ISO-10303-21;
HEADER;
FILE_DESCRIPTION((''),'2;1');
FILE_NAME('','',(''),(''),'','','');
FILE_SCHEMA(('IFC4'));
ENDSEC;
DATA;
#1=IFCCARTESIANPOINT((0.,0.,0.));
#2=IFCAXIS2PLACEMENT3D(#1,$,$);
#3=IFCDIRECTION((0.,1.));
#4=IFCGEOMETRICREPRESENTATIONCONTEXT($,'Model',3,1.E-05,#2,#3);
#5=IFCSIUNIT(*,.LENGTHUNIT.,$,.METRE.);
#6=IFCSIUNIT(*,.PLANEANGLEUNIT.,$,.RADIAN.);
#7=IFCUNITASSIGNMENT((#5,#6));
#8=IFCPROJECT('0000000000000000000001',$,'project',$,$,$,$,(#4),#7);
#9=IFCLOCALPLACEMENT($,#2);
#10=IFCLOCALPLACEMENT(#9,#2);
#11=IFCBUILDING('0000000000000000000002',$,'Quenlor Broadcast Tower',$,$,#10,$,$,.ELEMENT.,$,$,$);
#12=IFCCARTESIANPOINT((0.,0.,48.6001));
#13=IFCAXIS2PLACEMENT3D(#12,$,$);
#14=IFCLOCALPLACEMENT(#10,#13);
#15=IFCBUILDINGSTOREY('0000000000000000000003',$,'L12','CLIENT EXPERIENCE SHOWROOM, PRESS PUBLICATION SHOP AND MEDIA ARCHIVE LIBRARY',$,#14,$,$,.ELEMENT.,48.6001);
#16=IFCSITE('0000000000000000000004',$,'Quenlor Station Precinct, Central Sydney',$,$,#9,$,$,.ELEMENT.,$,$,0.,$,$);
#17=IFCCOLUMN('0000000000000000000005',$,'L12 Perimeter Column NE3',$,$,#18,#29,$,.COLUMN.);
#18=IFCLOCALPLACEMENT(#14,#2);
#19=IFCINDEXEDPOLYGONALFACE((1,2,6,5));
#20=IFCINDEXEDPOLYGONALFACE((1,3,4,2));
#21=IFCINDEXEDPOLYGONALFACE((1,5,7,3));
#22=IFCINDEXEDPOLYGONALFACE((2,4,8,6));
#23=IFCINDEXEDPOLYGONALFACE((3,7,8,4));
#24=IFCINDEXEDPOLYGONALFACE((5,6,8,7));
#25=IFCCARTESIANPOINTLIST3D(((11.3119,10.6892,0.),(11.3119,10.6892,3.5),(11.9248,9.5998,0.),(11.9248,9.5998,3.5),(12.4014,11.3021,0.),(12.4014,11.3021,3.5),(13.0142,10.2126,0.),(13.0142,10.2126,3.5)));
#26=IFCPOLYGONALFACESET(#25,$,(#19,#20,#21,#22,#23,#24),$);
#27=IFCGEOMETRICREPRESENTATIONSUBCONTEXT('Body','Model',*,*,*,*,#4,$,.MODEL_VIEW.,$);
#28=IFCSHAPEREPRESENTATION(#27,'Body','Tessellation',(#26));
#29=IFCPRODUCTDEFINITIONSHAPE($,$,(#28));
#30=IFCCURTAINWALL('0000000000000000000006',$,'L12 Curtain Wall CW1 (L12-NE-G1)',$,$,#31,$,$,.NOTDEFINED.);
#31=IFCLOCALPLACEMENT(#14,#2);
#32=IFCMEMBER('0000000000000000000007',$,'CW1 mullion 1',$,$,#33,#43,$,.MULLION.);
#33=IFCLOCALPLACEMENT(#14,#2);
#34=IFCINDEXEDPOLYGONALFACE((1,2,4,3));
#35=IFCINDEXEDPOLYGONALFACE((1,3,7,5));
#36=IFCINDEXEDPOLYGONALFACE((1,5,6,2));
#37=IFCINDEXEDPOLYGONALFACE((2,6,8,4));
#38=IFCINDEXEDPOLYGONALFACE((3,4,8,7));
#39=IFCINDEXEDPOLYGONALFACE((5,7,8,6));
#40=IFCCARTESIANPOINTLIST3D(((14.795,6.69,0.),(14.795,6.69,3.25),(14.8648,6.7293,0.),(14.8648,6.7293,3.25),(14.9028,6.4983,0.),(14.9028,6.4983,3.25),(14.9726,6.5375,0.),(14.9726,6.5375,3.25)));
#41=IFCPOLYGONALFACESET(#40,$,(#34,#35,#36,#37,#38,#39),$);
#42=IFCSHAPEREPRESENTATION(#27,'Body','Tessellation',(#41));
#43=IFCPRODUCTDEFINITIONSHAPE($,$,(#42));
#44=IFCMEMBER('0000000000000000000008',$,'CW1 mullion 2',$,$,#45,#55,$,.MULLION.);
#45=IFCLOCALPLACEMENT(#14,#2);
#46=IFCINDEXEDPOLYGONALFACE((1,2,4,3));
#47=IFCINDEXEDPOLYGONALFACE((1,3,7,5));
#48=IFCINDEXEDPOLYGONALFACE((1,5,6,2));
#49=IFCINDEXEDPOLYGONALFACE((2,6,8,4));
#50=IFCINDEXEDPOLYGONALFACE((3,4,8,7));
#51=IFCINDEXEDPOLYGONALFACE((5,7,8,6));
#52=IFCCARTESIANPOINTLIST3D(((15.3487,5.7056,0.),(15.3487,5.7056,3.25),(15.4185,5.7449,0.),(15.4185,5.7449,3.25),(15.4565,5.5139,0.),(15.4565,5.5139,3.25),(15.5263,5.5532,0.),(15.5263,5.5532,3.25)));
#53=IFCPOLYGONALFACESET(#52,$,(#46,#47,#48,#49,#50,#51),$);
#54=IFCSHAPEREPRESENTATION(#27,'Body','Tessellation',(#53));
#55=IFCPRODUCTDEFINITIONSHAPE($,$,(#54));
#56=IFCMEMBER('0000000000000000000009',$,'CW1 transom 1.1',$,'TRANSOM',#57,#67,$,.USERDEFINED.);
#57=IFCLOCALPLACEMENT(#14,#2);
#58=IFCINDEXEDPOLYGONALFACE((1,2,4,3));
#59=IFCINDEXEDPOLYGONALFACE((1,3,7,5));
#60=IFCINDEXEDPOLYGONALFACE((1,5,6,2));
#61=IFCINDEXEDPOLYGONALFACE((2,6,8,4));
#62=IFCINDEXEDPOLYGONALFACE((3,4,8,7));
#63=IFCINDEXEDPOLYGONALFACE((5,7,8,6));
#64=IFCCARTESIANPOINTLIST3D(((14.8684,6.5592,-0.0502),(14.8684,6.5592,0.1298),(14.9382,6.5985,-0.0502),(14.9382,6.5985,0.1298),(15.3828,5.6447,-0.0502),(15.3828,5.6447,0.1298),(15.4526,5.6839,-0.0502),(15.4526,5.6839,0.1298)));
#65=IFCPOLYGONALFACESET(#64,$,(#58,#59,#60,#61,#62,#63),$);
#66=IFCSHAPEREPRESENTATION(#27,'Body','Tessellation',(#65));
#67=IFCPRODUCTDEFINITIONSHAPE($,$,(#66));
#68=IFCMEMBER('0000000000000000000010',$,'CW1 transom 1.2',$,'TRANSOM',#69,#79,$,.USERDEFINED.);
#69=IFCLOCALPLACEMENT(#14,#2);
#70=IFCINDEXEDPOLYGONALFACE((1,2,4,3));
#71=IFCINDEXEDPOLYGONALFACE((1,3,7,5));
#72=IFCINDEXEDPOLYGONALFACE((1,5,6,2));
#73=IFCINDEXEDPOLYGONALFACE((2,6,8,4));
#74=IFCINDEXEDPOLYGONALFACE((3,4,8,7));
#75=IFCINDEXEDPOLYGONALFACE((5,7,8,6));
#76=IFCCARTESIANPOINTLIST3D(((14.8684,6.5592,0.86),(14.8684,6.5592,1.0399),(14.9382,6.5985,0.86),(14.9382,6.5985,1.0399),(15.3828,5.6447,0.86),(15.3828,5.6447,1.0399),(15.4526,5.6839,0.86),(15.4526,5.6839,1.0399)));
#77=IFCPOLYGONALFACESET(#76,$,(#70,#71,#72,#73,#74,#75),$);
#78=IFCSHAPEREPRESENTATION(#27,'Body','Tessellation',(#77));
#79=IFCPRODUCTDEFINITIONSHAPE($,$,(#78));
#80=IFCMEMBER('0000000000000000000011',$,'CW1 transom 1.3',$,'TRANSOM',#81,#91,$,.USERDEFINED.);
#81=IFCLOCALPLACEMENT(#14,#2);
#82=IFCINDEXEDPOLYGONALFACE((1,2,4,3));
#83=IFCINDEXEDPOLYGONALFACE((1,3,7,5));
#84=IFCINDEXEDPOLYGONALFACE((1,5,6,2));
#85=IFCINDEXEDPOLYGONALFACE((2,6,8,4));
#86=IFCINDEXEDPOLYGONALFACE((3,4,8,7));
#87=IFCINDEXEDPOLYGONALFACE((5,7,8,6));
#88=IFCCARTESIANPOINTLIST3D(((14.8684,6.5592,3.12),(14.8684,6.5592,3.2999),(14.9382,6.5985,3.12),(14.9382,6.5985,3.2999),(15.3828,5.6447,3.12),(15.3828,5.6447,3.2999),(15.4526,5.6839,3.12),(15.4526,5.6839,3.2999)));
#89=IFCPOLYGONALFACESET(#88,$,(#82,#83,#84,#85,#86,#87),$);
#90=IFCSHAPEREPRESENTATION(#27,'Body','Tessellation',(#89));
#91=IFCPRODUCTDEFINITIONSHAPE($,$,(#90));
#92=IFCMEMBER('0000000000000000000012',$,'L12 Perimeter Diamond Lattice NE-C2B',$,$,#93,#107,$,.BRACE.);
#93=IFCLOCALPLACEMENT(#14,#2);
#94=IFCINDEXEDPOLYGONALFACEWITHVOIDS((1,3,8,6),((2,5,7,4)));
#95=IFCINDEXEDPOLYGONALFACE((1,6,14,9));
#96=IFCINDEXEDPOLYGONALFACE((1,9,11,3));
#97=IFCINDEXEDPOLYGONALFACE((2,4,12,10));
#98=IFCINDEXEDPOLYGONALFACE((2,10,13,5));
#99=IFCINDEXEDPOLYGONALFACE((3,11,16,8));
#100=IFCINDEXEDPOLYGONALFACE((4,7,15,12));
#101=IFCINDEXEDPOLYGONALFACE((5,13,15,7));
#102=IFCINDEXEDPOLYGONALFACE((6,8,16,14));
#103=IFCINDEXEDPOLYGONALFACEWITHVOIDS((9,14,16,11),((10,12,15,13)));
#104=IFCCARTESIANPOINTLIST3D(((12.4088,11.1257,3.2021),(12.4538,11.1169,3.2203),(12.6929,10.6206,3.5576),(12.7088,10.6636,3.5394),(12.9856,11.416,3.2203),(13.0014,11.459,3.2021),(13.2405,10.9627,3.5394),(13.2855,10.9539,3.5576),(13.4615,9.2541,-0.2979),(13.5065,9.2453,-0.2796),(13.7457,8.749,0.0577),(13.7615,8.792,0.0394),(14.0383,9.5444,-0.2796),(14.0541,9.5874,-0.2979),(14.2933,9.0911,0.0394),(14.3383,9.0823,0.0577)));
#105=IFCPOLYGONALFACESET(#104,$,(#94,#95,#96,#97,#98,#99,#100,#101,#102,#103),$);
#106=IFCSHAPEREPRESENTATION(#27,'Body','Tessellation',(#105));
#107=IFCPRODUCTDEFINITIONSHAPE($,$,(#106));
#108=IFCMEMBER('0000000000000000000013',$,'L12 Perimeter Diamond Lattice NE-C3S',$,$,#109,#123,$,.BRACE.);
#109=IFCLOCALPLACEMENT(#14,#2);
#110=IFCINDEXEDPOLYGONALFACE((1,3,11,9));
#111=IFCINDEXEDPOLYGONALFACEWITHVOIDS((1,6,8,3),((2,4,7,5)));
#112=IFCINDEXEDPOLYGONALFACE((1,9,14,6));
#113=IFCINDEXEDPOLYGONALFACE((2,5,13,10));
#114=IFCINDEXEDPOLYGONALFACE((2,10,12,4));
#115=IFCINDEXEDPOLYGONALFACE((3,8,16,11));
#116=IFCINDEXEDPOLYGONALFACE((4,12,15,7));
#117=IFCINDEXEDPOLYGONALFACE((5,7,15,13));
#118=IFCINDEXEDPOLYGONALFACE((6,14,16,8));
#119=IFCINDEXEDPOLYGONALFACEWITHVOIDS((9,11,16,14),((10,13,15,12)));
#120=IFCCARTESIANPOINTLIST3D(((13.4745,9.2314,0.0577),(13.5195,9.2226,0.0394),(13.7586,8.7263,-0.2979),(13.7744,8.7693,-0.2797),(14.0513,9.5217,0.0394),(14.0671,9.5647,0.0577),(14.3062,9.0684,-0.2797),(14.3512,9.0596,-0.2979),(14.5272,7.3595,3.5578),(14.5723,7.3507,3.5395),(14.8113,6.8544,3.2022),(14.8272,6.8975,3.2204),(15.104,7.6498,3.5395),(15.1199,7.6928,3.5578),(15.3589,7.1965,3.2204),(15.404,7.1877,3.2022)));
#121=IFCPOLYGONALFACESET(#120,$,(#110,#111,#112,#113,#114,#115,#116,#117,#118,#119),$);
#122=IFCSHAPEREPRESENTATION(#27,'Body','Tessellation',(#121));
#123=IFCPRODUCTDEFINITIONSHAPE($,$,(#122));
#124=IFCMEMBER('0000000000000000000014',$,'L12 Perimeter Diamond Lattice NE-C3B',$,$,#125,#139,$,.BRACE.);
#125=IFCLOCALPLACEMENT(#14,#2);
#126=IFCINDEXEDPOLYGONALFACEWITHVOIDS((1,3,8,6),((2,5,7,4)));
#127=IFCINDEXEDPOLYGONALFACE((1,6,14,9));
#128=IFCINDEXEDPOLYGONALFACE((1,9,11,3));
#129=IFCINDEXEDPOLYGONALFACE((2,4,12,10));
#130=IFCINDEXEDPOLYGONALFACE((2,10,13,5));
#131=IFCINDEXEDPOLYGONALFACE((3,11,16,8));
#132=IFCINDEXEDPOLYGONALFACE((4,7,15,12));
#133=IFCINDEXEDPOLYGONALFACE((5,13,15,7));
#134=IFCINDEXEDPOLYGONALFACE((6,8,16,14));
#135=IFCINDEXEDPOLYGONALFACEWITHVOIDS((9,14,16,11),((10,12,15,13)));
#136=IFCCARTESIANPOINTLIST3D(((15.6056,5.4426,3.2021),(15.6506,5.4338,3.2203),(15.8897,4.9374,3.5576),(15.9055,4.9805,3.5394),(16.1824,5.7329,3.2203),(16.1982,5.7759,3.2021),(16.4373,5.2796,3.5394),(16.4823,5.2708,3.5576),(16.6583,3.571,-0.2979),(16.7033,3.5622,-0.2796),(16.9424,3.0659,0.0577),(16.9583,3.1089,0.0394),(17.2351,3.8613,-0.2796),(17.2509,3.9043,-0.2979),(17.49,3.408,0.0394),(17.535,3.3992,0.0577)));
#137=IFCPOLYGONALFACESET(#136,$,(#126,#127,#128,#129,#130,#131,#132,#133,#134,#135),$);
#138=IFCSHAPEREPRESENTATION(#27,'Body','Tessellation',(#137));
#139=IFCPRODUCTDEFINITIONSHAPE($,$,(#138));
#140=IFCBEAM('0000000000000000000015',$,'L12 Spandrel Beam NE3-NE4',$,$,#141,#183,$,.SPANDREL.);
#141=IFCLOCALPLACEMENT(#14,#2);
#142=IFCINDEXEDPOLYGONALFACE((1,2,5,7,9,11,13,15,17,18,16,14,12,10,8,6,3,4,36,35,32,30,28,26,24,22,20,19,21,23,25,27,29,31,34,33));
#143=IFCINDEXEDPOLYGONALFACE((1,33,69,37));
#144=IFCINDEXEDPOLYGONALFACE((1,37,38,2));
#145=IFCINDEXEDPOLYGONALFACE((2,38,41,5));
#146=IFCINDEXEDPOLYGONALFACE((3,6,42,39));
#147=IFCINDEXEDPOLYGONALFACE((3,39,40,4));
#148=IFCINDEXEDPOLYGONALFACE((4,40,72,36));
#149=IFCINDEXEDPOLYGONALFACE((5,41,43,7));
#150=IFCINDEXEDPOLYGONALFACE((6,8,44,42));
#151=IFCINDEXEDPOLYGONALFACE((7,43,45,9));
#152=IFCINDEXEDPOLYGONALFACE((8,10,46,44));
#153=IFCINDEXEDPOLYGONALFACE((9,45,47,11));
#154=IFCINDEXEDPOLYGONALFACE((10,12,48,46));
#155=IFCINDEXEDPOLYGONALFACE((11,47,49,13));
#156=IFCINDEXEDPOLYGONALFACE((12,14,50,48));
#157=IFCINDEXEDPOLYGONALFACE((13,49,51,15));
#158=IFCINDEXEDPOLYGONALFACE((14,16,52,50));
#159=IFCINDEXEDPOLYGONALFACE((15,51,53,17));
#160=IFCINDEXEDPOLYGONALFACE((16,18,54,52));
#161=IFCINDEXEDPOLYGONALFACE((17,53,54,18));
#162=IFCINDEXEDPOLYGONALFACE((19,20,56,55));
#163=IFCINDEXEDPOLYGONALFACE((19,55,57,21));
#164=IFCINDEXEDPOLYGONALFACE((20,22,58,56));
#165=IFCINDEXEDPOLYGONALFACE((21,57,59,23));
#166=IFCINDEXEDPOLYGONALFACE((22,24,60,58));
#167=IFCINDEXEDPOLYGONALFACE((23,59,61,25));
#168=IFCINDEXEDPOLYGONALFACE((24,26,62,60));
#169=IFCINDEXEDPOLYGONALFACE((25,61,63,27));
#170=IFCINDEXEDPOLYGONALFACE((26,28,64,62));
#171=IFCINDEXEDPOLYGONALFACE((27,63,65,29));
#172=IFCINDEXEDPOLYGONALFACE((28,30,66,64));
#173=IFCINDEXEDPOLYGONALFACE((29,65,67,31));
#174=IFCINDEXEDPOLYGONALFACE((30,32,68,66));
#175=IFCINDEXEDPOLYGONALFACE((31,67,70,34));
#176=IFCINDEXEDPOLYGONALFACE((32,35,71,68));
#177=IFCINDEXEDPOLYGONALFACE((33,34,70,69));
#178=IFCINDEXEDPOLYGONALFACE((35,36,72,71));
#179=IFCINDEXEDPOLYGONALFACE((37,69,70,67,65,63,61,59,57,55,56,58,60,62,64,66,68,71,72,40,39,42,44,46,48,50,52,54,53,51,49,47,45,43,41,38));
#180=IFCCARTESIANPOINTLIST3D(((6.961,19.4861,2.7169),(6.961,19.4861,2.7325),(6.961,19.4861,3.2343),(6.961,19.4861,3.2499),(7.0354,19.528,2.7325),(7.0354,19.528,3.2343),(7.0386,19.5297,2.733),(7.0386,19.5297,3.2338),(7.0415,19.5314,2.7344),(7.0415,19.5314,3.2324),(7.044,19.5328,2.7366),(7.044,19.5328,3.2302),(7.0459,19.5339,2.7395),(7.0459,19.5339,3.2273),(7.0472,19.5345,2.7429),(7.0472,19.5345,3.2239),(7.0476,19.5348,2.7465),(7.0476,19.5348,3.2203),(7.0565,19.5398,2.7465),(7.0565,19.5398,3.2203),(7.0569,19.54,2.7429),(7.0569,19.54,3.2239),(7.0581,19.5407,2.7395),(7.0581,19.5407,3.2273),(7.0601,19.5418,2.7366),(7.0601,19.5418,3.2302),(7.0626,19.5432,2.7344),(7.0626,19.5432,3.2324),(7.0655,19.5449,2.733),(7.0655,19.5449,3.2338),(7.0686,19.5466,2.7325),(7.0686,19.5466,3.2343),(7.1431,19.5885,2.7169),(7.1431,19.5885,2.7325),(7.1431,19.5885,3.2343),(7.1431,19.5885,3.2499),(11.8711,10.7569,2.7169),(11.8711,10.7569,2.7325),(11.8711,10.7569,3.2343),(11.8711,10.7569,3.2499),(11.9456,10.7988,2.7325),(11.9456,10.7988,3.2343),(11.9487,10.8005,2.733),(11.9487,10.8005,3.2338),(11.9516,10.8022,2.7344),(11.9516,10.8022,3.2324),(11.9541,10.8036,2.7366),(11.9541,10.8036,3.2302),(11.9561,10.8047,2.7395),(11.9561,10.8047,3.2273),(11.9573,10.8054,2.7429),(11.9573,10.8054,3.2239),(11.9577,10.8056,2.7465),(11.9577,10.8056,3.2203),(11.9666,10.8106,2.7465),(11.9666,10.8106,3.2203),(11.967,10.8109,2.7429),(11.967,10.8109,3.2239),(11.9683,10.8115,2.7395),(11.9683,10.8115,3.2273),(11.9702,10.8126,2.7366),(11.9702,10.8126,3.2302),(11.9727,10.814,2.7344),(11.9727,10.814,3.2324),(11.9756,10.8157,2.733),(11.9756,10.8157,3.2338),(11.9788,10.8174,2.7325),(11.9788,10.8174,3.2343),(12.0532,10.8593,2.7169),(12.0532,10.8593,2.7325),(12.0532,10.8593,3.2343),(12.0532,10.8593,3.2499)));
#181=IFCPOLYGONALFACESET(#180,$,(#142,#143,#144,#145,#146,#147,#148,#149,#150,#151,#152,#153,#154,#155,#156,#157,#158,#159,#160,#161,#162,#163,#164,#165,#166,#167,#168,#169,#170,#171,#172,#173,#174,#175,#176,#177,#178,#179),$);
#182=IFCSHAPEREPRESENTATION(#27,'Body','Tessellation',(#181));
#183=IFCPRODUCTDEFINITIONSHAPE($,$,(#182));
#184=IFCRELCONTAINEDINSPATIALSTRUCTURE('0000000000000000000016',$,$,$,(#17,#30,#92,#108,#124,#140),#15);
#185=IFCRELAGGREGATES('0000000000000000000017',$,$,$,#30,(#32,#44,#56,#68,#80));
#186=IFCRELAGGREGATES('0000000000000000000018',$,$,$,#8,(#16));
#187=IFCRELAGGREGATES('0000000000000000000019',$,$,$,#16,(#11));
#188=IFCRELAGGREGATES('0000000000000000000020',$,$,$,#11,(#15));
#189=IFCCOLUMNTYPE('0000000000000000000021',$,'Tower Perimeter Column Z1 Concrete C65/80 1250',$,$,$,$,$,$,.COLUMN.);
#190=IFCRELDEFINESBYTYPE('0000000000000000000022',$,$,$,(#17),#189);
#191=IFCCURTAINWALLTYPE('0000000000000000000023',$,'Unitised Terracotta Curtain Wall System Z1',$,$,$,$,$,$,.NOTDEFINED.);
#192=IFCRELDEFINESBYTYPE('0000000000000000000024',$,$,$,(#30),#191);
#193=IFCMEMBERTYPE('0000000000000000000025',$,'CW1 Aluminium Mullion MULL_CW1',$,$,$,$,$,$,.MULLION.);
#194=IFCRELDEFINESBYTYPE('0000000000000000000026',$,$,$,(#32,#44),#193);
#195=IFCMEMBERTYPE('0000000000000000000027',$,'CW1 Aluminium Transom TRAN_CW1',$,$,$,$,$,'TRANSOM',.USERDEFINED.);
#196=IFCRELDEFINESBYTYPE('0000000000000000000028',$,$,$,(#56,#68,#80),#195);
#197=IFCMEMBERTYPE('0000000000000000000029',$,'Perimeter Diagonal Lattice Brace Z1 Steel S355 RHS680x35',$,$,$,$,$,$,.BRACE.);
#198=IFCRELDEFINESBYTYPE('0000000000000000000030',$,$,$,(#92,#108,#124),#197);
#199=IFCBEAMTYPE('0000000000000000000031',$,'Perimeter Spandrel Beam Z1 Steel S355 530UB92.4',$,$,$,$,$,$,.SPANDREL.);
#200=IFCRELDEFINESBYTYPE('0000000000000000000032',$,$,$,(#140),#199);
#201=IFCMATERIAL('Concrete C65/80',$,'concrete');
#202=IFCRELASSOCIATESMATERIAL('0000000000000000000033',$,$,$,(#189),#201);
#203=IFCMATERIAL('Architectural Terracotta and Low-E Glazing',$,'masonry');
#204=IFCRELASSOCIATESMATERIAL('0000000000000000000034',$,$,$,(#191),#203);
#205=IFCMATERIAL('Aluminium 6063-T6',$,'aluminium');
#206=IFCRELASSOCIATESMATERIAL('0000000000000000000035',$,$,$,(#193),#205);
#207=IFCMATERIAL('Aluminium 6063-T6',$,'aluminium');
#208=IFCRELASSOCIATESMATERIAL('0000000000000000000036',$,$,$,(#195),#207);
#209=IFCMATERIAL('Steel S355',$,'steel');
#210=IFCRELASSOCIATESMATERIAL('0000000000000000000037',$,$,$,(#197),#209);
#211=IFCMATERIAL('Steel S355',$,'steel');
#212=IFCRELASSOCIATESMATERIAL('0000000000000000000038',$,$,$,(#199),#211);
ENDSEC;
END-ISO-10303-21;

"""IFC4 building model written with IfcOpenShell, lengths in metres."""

from ifc_helpers import new_model, si_unit, direction, frame, origin, origin_2d, place, context, subcontext, project, spatial, rectangle, hollow_rectangle, i_section, extrude, material, material_profile, profile_set, type_object, element, aggregate, save


model = new_model("IFC4")

# Units and contexts
model_context = context("Model", 3, precision=1e-05, world=origin(), true_north=direction((0.0, 1.0)))
body_context = subcontext(model_context, "Body", "Model", "MODEL_VIEW")
ifc_project = project(units=[si_unit("LENGTHUNIT", "METRE"), si_unit("PLANEANGLEUNIT", "RADIAN")], contexts=[model_context])

# Site, building, storey
site_placement = place(None, origin())
site = spatial("IfcSite", under=ifc_project, at=site_placement, Name="Quenlor Station Precinct, Central Sydney", CompositionType="ELEMENT", RefElevation=0.0)
building_placement = place(site_placement, origin())
building = spatial("IfcBuilding", under=site, at=building_placement, Name="Quenlor Broadcast Tower", CompositionType="ELEMENT")
storey_placement = place(building_placement, frame((0.0, 0.0, 48.6001)))
storey = spatial("IfcBuildingStorey", under=building, at=storey_placement, Name="L12", Description="CLIENT EXPERIENCE SHOWROOM, PRESS PUBLICATION SHOP AND MEDIA ARCHIVE LIBRARY", CompositionType="ELEMENT", Elevation=48.6001)

# Column
ifc_material_1 = material(Name="Concrete C65/80", Category="concrete")
ifc_material_profile_1 = material_profile(ifc_material_1, rectangle(XDim=1.25, YDim=1.25, at=origin_2d()))
ifc_profile_set_1 = profile_set([ifc_material_profile_1], Name="Concrete C65/80 RC1250x1250")
column_type = type_object("IfcColumnType", Name="Tower Perimeter Column Z1 Concrete C65/80 1250", PredefinedType="COLUMN", material=ifc_profile_set_1)
column_placement = place(storey_placement, frame((12.1631, 10.4509, 0.0), z_axis=(0.0, 0.0, 1.0), x_axis=(0.871575, 0.490262, 0.0)))
element("IfcColumn", 1, at=column_placement, inside=storey, type_object=column_type, Name="L12 Perimeter Column NE3", PredefinedType="COLUMN", context=body_context, shape_type="SweptSolid", body=[
    extrude(rectangle(XDim=1.25, YDim=1.25, at=origin_2d()), origin(), (0.0, 0.0, 1.0), 3.5),
])

# Curtain wall, members
ifc_material_2 = material(Name="Architectural Terracotta and Low-E Glazing", Category="masonry")
curtain_wall_type = type_object("IfcCurtainWallType", Name="Unitised Terracotta Curtain Wall System Z1", PredefinedType="NOTDEFINED", material=ifc_material_2)
curtain_wall_placement = place(storey_placement, origin())
curtain_wall = element("IfcCurtainWall", 2, at=curtain_wall_placement, inside=storey, type_object=curtain_wall_type, Name="L12 Curtain Wall CW1 (L12-NE-G1)", PredefinedType="NOTDEFINED")
ifc_material_3 = material(Name="Aluminium 6063-T6", Category="aluminium")
ifc_material_profile_2 = material_profile(ifc_material_3, rectangle(XDim=0.0801, YDim=0.22, at=origin_2d()))
ifc_profile_set_2 = profile_set([ifc_material_profile_2], Name="Aluminium 6063-T6 MULL80x220")
member_type_1 = type_object("IfcMemberType", Name="CW1 Aluminium Mullion MULL_CW1", PredefinedType="MULLION", material=ifc_profile_set_2)
member_1_placement = place(storey_placement, frame((14.8838, 6.6138, 0.0), z_axis=(0.0, 0.0, 1.0), x_axis=(0.871567, 0.490277, 0.0)))
member_1 = element("IfcMember", 3, at=member_1_placement, type_object=member_type_1, Name="CW1 mullion 1", PredefinedType="MULLION", context=body_context, shape_type="SweptSolid", body=[
    extrude(rectangle(XDim=0.0801, YDim=0.22, at=origin_2d()), origin(), (0.0, 0.0, 1.0), 3.25),
])
member_2_placement = place(storey_placement, frame((15.4375, 5.6294, 0.0), z_axis=(0.0, 0.0, 1.0), x_axis=(0.871567, 0.490277, 0.0)))
member_2 = element("IfcMember", 4, at=member_2_placement, type_object=member_type_1, Name="CW1 mullion 2", PredefinedType="MULLION", context=body_context, shape_type="SweptSolid", body=[
    extrude(rectangle(XDim=0.0801, YDim=0.22, at=origin_2d()), origin(), (0.0, 0.0, 1.0), 3.25),
])
ifc_material_4 = material(Name="Aluminium 6063-T6", Category="aluminium")
ifc_material_profile_3 = material_profile(ifc_material_4, rectangle(XDim=0.0801, YDim=0.1799, at=origin_2d()))
ifc_profile_set_3 = profile_set([ifc_material_profile_3], Name="Aluminium 6063-T6 TRAN80x180")
member_type_2 = type_object("IfcMemberType", Name="CW1 Aluminium Transom TRAN_CW1", ElementType="TRANSOM", PredefinedType="USERDEFINED", material=ifc_profile_set_3)
member_3_placement = place(storey_placement, frame((14.9033, 6.5789, 0.0398), z_axis=(0.490239, -0.871588, 0.0), x_axis=(0.871588, 0.490239, 0.0)))
member_3 = element("IfcMember", 5, at=member_3_placement, type_object=member_type_2, Name="CW1 transom 1.1", ObjectType="TRANSOM", PredefinedType="USERDEFINED", context=body_context, shape_type="SweptSolid", body=[
    extrude(rectangle(XDim=0.0801, YDim=0.1799, at=origin_2d()), origin(), (0.0, 0.0, 1.0), 1.0493),
])
member_4_placement = place(storey_placement, frame((14.9033, 6.5789, 0.95), z_axis=(0.490239, -0.871588, 0.0), x_axis=(0.871588, 0.490239, 0.0)))
member_4 = element("IfcMember", 6, at=member_4_placement, type_object=member_type_2, Name="CW1 transom 1.2", ObjectType="TRANSOM", PredefinedType="USERDEFINED", context=body_context, shape_type="SweptSolid", body=[
    extrude(rectangle(XDim=0.0801, YDim=0.1799, at=origin_2d()), origin(), (0.0, 0.0, 1.0), 1.0493),
])
member_5_placement = place(storey_placement, frame((14.9033, 6.5789, 3.21), z_axis=(0.490239, -0.871588, 0.0), x_axis=(0.871588, 0.490239, 0.0)))
member_5 = element("IfcMember", 7, at=member_5_placement, type_object=member_type_2, Name="CW1 transom 1.3", ObjectType="TRANSOM", PredefinedType="USERDEFINED", context=body_context, shape_type="SweptSolid", body=[
    extrude(rectangle(XDim=0.0801, YDim=0.1799, at=origin_2d()), origin(), (0.0, 0.0, 1.0), 1.0493),
])

# Members
ifc_material_5 = material(Name="Steel S355", Category="steel")
ifc_material_profile_4 = material_profile(ifc_material_5, hollow_rectangle(XDim=0.6799, YDim=0.6799, WallThickness=0.0349, at=origin_2d()))
ifc_profile_set_4 = profile_set([ifc_material_profile_4], Name="Steel S355 RHS680x680x35")
member_type_3 = type_object("IfcMemberType", Name="Perimeter Diagonal Lattice Brace Z1 Steel S355 RHS680x35", PredefinedType="BRACE", material=ifc_profile_set_4)
member_6_placement = place(storey_placement, frame((13.8999, 9.1682, -0.1201), z_axis=(-0.256375, 0.455792, 0.852365), x_axis=(-0.871582, -0.49025, 0.0)))
element("IfcMember", 8, at=member_6_placement, inside=storey, type_object=member_type_3, Name="L12 Perimeter Diamond Lattice NE-C2B", PredefinedType="BRACE", context=body_context, shape_type="SweptSolid", body=[
    extrude(hollow_rectangle(XDim=0.6799, YDim=0.6799, WallThickness=0.0349, at=origin_2d()), origin(), (0.0, 0.0, 1.0), 4.1062),
])
member_7_placement = place(storey_placement, frame((13.9128, 9.1455, -0.1201), z_axis=(0.256368, -0.455839, 0.852342), x_axis=(0.871609, 0.490202, 0.0)))
element("IfcMember", 9, at=member_7_placement, inside=storey, type_object=member_type_3, Name="L12 Perimeter Diamond Lattice NE-C3S", PredefinedType="BRACE", context=body_context, shape_type="SweptSolid", body=[
    extrude(hollow_rectangle(XDim=0.6799, YDim=0.6799, WallThickness=0.0349, at=origin_2d()), origin(), (0.0, 0.0, 1.0), 4.1064),
])
member_8_placement = place(storey_placement, frame((17.0967, 3.4851, -0.1201), z_axis=(-0.256375, 0.455792, 0.852365), x_axis=(-0.871582, -0.49025, 0.0)))
element("IfcMember", 10, at=member_8_placement, inside=storey, type_object=member_type_3, Name="L12 Perimeter Diamond Lattice NE-C3B", PredefinedType="BRACE", context=body_context, shape_type="SweptSolid", body=[
    extrude(hollow_rectangle(XDim=0.6799, YDim=0.6799, WallThickness=0.0349, at=origin_2d()), origin(), (0.0, 0.0, 1.0), 4.1062),
])

# Beam
ifc_material_6 = material(Name="Steel S355", Category="steel")
ifc_material_profile_5 = material_profile(ifc_material_6, i_section(OverallWidth=0.209, OverallDepth=0.533, WebThickness=0.0103, FlangeThickness=0.0156, FilletRadius=0.0139, at=origin_2d()))
ifc_profile_set_5 = profile_set([ifc_material_profile_5], Name="Steel S355 530UB92.4")
beam_type_1 = type_object("IfcBeamType", Name="Perimeter Spandrel Beam Z1 Steel S355 530UB92.4", PredefinedType="SPANDREL", material=ifc_profile_set_5)
beam_1_placement = place(storey_placement, frame((11.9622, 10.8081, 2.9834), z_axis=(-0.490258, 0.871577, 0.0), x_axis=(-0.871577, -0.490258, 0.0)))
element("IfcBeam", 11, at=beam_1_placement, inside=storey, type_object=beam_type_1, Name="L12 Spandrel Beam NE3-NE4", PredefinedType="SPANDREL", context=body_context, shape_type="SweptSolid", body=[
    extrude(i_section(OverallWidth=0.209, OverallDepth=0.533, WebThickness=0.0103, FlangeThickness=0.0156, FilletRadius=0.0139, at=origin_2d()), origin(), (0.0, 0.0, 1.0), 10.0154),
])

aggregate(curtain_wall, [member_1, member_2, member_3, member_4, member_5])

save(model, "model.ifc")
